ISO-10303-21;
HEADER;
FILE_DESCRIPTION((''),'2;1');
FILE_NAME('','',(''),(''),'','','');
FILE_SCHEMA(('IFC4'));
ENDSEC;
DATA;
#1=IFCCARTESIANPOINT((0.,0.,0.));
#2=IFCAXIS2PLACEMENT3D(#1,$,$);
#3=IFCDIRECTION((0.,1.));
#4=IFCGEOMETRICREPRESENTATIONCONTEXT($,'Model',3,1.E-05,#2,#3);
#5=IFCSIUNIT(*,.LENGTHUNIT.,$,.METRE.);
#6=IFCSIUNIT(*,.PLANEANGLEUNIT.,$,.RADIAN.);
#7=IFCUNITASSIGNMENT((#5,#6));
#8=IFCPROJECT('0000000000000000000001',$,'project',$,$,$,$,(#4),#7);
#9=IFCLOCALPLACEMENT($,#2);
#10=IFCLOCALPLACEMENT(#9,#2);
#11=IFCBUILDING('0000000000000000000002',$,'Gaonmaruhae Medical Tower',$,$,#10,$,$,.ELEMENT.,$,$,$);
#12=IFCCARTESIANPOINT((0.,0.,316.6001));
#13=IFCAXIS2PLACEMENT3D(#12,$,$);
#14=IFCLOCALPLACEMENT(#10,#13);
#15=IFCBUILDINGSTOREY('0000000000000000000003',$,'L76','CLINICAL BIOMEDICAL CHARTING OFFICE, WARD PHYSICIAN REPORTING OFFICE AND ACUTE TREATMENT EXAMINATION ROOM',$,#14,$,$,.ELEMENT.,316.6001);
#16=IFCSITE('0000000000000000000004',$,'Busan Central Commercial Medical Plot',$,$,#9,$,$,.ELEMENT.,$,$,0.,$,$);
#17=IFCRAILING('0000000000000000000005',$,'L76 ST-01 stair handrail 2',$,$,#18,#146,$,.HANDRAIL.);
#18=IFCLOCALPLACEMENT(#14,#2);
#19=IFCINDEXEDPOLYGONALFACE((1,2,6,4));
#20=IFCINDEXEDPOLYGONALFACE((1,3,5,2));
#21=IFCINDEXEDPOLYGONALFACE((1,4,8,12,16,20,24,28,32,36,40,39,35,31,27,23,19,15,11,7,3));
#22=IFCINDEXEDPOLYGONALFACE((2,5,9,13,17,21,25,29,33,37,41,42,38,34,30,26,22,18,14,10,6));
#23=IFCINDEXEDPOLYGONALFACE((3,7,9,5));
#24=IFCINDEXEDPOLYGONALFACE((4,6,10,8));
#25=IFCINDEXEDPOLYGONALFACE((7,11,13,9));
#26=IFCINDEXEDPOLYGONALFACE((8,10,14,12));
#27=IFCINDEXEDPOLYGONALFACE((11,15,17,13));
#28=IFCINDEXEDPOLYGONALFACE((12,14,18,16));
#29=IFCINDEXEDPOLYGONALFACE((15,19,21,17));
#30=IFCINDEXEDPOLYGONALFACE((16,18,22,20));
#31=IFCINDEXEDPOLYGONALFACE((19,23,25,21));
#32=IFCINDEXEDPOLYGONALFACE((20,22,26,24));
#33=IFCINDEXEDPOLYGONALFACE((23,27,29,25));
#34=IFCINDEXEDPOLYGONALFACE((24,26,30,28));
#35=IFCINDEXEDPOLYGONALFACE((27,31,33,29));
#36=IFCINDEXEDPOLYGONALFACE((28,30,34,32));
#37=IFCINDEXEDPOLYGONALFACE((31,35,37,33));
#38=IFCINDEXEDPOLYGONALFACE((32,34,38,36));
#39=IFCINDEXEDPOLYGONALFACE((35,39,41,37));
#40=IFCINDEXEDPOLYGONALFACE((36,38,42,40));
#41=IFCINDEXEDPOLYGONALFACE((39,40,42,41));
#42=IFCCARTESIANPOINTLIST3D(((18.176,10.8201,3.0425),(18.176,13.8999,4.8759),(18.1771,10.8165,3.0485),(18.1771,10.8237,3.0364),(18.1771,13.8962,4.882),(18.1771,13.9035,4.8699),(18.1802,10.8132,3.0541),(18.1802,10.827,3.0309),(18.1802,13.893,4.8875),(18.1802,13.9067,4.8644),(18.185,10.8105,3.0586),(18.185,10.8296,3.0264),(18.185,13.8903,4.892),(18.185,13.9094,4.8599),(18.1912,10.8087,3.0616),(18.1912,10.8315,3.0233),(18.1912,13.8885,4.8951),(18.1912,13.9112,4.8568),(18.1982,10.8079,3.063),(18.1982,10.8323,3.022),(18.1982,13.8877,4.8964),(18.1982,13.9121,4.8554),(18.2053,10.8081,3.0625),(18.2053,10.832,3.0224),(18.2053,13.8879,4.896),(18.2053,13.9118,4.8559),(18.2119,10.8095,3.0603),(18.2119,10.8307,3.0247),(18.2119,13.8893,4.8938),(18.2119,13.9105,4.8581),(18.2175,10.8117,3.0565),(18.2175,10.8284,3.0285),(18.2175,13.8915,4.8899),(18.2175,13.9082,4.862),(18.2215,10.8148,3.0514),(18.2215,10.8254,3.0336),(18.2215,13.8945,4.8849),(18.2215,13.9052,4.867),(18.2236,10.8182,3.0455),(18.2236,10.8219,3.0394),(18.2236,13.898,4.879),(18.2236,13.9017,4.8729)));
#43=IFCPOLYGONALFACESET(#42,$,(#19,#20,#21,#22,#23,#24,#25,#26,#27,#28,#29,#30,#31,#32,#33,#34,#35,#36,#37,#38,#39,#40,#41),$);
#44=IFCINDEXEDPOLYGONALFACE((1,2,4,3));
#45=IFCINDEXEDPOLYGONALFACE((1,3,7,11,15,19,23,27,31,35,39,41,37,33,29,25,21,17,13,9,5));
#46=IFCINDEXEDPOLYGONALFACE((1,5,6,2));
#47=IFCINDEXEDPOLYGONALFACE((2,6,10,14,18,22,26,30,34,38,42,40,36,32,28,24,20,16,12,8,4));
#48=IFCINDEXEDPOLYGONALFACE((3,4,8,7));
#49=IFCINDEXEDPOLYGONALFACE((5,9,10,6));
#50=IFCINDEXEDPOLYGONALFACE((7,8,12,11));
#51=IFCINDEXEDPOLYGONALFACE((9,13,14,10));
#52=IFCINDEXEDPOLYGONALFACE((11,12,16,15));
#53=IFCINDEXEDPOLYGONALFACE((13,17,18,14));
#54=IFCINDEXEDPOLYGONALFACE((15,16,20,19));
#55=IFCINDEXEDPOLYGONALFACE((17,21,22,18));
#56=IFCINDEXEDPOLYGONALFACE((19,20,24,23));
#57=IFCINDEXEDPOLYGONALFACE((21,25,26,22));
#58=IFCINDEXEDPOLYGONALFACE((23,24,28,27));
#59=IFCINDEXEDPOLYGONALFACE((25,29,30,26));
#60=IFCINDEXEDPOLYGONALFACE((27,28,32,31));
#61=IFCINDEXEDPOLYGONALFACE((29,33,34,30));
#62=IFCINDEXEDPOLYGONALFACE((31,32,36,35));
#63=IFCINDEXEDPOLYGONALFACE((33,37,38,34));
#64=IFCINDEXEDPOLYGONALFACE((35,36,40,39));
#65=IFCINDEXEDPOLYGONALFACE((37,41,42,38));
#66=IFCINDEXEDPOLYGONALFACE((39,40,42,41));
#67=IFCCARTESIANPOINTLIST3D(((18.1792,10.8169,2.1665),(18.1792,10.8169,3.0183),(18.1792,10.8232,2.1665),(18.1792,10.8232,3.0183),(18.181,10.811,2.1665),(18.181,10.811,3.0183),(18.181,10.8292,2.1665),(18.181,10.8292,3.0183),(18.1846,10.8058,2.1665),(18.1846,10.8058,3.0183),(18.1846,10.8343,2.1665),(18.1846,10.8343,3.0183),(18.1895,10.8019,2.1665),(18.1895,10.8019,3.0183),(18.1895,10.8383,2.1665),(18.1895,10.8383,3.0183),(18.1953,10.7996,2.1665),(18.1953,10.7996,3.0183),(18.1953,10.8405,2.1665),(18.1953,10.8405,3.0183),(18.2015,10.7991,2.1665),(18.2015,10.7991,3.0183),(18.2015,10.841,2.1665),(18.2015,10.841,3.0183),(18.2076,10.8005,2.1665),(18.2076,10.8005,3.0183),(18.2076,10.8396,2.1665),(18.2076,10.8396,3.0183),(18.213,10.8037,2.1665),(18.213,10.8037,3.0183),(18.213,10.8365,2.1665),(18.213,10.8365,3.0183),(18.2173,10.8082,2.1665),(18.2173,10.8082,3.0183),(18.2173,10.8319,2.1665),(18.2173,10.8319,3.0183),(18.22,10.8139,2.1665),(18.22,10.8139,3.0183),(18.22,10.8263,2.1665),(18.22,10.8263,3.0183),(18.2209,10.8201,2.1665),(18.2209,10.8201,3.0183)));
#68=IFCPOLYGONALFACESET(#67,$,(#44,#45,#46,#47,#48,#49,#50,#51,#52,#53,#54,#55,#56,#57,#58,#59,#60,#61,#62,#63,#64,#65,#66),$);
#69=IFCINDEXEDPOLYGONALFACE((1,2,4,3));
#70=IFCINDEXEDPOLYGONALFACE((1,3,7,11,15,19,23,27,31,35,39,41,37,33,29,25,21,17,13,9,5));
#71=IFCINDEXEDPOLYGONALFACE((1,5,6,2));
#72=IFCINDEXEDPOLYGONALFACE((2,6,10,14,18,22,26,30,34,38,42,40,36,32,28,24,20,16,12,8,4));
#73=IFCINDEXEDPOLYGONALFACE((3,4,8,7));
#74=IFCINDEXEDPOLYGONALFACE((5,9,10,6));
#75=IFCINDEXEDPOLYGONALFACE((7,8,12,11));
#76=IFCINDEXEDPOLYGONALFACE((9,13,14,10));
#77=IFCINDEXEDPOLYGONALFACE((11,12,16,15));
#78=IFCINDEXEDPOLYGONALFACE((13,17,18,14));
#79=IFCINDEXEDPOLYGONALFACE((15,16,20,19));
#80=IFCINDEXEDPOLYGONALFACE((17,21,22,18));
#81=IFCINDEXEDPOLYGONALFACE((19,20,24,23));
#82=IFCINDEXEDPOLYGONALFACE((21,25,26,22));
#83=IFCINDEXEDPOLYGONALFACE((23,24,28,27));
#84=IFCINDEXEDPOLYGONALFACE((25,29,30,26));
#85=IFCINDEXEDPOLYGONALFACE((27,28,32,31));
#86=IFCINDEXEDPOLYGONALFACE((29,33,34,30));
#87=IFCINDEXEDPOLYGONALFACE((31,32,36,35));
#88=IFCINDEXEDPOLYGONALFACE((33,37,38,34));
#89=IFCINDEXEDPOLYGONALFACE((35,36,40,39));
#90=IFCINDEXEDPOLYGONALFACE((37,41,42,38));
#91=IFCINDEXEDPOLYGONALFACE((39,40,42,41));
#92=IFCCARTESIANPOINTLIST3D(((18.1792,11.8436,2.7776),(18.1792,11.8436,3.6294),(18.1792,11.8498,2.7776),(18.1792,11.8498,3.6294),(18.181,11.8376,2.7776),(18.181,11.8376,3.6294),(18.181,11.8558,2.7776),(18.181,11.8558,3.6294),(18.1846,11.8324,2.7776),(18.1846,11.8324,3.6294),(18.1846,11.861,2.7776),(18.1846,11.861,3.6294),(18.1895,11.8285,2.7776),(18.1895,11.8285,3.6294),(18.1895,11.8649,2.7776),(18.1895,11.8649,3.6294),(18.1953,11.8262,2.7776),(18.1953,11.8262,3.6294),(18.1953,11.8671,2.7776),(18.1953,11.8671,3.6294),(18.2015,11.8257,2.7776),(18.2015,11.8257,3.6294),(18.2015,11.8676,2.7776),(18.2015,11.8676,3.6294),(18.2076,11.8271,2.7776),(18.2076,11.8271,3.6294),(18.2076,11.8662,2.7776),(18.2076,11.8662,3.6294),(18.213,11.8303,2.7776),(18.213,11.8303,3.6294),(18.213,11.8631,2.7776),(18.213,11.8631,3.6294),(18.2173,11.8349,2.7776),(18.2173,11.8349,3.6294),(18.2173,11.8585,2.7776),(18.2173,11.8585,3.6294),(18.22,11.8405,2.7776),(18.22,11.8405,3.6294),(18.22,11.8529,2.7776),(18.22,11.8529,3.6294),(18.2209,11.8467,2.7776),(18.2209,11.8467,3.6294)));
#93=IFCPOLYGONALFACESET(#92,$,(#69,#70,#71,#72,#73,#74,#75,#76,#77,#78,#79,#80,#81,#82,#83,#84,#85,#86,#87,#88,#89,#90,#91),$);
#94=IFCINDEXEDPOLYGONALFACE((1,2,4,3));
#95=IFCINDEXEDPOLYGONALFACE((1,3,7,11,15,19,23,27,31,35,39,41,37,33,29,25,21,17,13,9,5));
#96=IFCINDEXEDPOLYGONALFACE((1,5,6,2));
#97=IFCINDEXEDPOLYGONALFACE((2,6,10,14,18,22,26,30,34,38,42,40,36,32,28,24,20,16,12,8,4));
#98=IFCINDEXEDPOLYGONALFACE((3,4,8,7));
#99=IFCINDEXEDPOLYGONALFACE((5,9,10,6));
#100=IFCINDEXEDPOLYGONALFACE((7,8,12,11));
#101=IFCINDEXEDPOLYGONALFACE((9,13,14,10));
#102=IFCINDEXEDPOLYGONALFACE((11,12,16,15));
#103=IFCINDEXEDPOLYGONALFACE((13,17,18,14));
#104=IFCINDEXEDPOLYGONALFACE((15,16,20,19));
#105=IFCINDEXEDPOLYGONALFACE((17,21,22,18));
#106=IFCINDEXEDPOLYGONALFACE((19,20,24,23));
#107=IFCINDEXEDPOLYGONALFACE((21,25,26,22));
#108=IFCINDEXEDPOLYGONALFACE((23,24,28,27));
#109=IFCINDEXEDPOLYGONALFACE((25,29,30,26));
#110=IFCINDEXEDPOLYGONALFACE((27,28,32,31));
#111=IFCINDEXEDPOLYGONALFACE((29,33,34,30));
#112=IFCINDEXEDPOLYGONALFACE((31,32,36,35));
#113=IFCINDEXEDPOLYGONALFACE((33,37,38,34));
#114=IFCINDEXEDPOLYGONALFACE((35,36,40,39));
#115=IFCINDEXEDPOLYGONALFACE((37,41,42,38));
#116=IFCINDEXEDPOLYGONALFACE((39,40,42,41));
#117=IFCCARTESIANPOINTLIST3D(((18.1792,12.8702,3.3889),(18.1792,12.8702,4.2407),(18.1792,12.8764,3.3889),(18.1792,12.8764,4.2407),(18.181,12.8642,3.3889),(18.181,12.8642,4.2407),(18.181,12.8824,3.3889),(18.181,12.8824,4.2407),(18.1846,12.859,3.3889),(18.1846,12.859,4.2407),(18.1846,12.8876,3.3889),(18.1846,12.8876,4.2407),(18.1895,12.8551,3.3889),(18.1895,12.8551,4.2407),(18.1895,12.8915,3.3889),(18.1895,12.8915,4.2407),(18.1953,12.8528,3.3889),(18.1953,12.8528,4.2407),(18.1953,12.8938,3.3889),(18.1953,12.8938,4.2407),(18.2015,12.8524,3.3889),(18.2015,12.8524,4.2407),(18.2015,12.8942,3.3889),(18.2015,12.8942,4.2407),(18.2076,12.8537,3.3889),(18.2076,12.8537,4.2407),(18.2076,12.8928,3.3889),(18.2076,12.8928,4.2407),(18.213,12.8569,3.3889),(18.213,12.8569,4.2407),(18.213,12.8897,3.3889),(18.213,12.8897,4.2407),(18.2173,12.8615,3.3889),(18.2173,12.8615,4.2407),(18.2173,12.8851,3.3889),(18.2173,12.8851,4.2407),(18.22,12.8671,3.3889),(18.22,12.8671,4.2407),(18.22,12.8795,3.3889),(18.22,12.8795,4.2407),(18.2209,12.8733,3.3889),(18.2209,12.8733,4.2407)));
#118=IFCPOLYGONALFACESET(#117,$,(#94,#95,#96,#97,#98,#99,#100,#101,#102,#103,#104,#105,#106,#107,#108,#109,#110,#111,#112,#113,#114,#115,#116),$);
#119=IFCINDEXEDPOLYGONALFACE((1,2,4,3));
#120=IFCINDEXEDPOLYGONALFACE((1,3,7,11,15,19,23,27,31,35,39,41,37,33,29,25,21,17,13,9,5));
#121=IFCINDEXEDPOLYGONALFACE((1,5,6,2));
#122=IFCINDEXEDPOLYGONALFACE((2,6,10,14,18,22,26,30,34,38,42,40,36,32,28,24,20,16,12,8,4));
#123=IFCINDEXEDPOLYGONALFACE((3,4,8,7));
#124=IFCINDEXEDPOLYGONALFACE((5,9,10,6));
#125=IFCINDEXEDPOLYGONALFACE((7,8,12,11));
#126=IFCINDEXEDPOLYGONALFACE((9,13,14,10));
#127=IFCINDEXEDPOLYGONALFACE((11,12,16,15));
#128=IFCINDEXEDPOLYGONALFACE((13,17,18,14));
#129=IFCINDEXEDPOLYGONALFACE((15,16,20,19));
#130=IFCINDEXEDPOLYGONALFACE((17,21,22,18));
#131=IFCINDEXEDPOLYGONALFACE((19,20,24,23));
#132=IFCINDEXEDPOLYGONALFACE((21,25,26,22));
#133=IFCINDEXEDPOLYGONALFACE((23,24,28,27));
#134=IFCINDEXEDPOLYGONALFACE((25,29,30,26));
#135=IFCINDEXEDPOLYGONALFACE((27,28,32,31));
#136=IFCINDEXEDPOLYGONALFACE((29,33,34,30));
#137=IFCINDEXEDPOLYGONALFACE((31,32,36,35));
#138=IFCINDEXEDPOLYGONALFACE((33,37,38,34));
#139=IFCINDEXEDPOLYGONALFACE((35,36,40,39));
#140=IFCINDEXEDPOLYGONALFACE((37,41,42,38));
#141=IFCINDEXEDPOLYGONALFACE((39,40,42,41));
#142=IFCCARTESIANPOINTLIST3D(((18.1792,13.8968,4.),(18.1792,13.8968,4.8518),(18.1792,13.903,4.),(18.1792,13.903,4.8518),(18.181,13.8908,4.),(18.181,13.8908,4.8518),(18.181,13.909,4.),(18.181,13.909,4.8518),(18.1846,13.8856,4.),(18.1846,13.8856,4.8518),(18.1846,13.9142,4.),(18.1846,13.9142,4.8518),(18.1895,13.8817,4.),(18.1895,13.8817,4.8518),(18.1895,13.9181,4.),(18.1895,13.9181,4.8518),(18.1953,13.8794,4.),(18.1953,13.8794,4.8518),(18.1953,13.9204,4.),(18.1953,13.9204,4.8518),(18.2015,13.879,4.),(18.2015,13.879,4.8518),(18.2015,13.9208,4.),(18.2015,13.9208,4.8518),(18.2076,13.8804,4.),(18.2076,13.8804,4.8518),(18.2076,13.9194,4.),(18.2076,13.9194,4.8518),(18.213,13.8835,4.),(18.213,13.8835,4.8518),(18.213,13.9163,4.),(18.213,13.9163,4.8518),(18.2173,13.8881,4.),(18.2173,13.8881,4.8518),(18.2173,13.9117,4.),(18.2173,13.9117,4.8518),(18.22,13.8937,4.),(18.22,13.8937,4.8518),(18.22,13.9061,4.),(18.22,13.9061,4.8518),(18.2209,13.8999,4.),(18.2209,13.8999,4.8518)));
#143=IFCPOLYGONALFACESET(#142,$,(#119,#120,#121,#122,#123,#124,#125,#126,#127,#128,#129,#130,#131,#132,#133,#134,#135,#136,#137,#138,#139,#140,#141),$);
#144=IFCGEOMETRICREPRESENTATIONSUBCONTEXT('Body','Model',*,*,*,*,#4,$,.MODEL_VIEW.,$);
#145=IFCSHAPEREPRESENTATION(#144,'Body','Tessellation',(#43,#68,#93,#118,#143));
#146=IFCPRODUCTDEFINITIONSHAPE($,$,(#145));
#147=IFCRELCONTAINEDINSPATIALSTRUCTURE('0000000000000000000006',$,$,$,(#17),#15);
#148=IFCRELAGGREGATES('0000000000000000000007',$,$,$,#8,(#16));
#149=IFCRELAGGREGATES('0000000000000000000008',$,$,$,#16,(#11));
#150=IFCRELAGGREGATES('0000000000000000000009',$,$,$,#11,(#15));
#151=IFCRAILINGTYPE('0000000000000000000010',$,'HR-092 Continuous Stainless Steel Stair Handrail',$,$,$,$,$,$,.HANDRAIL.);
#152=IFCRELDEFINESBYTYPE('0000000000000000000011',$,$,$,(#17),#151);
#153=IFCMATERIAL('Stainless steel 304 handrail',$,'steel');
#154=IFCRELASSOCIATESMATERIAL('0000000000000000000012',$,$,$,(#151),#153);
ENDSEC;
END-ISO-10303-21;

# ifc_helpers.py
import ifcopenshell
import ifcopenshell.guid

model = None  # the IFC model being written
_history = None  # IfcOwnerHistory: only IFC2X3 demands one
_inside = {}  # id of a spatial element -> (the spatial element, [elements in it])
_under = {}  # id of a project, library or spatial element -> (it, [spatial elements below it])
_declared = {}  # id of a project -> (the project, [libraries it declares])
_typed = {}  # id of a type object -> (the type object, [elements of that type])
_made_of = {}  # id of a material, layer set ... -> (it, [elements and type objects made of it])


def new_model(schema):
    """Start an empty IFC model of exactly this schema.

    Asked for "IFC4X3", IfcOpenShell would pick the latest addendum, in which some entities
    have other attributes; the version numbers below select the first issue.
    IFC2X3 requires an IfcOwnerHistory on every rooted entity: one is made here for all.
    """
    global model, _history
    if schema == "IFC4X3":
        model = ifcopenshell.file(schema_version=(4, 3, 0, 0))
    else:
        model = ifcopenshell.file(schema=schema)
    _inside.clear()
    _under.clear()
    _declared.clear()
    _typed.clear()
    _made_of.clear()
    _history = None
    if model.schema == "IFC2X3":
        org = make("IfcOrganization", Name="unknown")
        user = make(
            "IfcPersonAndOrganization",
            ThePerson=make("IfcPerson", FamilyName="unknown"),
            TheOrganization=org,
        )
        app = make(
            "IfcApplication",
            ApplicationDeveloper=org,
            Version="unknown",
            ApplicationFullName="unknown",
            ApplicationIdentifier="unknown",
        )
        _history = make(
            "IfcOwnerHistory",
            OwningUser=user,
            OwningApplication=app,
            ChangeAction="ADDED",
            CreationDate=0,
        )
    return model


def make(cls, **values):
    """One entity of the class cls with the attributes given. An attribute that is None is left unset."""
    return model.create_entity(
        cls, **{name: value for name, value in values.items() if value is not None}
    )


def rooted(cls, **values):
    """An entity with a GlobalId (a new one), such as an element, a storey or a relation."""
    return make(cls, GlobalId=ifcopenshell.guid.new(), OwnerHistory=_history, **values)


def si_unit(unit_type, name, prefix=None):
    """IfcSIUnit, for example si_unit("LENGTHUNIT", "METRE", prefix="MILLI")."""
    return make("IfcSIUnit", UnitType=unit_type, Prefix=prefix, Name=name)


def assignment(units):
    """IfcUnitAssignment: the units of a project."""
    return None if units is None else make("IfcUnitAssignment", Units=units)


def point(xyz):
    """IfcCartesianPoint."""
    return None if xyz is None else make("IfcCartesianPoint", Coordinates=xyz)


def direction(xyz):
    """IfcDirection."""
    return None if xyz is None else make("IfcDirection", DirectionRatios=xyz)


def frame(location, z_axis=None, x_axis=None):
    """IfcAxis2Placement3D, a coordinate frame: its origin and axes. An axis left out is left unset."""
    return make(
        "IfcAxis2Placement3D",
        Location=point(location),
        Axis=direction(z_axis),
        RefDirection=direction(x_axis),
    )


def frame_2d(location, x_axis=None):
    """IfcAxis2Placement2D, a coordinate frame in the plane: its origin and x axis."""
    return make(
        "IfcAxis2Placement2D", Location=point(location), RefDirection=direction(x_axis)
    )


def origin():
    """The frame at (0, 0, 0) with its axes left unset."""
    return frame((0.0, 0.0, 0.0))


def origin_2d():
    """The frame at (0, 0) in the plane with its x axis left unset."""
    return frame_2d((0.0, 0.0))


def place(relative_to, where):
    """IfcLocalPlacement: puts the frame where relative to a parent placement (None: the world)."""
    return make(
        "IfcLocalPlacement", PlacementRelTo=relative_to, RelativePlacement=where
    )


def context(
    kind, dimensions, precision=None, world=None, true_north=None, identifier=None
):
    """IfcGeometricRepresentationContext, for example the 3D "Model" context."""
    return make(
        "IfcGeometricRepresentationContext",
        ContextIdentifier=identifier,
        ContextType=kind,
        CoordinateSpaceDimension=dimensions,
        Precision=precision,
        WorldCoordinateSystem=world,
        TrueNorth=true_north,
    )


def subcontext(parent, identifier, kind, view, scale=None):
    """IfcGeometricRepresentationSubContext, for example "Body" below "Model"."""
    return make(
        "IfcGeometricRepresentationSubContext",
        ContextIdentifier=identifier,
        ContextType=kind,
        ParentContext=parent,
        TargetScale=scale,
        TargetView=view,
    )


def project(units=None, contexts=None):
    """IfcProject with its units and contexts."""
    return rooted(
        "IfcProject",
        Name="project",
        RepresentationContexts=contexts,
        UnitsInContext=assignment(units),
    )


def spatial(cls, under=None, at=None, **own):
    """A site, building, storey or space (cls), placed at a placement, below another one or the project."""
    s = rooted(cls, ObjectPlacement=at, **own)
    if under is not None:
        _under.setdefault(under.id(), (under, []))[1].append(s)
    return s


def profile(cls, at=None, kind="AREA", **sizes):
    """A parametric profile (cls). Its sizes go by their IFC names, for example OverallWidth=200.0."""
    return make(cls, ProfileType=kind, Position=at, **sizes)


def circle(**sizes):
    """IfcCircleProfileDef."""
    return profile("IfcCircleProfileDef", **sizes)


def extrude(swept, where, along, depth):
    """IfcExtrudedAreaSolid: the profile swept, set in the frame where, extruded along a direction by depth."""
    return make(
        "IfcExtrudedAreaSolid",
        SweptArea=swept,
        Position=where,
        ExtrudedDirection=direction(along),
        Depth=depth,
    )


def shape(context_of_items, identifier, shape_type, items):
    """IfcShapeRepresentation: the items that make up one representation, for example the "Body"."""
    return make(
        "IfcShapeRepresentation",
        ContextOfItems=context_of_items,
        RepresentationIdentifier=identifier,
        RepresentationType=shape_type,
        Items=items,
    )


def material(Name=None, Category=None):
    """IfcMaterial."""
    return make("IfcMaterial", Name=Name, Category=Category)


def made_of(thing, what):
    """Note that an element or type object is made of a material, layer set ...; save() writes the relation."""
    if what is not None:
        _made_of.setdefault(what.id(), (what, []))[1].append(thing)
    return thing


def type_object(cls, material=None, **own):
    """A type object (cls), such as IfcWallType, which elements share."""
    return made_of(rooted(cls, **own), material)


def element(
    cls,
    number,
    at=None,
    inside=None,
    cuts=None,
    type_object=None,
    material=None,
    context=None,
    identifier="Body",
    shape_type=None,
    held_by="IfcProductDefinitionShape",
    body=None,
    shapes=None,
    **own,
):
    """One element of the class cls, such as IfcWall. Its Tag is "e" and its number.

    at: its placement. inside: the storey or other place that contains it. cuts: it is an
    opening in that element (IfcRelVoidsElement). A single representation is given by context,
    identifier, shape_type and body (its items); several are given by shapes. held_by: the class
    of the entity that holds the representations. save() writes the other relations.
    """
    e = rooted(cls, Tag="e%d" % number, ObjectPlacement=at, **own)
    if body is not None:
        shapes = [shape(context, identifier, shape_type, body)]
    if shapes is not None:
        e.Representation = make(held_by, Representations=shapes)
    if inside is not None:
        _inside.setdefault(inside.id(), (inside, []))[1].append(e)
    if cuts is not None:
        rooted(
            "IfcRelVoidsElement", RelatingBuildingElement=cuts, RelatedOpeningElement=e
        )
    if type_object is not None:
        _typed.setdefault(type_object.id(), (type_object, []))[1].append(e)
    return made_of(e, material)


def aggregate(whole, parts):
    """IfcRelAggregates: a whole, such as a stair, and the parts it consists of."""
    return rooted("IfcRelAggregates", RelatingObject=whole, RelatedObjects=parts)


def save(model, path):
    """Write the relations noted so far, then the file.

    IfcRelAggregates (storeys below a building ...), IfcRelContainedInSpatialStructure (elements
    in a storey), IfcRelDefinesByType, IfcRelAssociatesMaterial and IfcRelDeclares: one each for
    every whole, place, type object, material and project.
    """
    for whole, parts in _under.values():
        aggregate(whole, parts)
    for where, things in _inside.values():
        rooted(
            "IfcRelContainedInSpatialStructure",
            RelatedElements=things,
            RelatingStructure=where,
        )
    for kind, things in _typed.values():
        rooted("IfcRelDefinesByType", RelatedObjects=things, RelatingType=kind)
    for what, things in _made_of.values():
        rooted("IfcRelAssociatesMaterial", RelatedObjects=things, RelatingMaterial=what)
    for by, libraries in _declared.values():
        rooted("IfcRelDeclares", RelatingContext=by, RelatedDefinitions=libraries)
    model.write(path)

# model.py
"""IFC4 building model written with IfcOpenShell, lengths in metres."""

from ifc_helpers import new_model, si_unit, direction, frame, origin, origin_2d, place, context, subcontext, project, spatial, circle, extrude, material, type_object, element, save


model = new_model("IFC4")

# Units and contexts
model_context = context("Model", 3, precision=1e-05, world=origin(), true_north=direction((0.0, 1.0)))
body_context = subcontext(model_context, "Body", "Model", "MODEL_VIEW")
ifc_project = project(units=[si_unit("LENGTHUNIT", "METRE"), si_unit("PLANEANGLEUNIT", "RADIAN")], contexts=[model_context])

# Site, building, storey
site_placement = place(None, origin())
site = spatial("IfcSite", under=ifc_project, at=site_placement, Name="Busan Central Commercial Medical Plot", CompositionType="ELEMENT", RefElevation=0.0)
building_placement = place(site_placement, origin())
building = spatial("IfcBuilding", under=site, at=building_placement, Name="Gaonmaruhae Medical Tower", CompositionType="ELEMENT")
storey_placement = place(building_placement, frame((0.0, 0.0, 316.6001)))
storey = spatial("IfcBuildingStorey", under=building, at=storey_placement, Name="L76", Description="CLINICAL BIOMEDICAL CHARTING OFFICE, WARD PHYSICIAN REPORTING OFFICE AND ACUTE TREATMENT EXAMINATION ROOM", CompositionType="ELEMENT", Elevation=316.6001)

# Railing
ifc_material_1 = material(Name="Stainless steel 304 handrail", Category="steel")
railing_type_1 = type_object("IfcRailingType", Name="HR-092 Continuous Stainless Steel Stair Handrail", PredefinedType="HANDRAIL", material=ifc_material_1)
railing_1_placement = place(storey_placement, frame((18.2, 10.8201, 2.1665)))
element("IfcRailing", 1, at=railing_1_placement, inside=storey, type_object=railing_type_1, Name="L76 ST-01 stair handrail 2", PredefinedType="HANDRAIL", context=body_context, shape_type="SweptSolid", body=[
    extrude(circle(Radius=0.0239, at=origin_2d()), frame((0.0, 0.0, 0.876), z_axis=(0.0, 0.859261, 0.511538), x_axis=(-1.0, 0.0, 0.0)), (0.0, 0.0, 1.0), 3.5842),
    extrude(circle(Radius=0.021, at=origin_2d()), origin(), (0.0, 0.0, 1.0), 0.8518),
    extrude(circle(Radius=0.021, at=origin_2d()), frame((0.0, 1.0266, 0.6111)), (0.0, 0.0, 1.0), 0.8518),
    extrude(circle(Radius=0.021, at=origin_2d()), frame((0.0, 2.0532, 1.2224)), (0.0, 0.0, 1.0), 0.8518),
    extrude(circle(Radius=0.021, at=origin_2d()), frame((0.0, 3.0798, 1.8335)), (0.0, 0.0, 1.0), 0.8518),
])

save(model, "model.ifc")
